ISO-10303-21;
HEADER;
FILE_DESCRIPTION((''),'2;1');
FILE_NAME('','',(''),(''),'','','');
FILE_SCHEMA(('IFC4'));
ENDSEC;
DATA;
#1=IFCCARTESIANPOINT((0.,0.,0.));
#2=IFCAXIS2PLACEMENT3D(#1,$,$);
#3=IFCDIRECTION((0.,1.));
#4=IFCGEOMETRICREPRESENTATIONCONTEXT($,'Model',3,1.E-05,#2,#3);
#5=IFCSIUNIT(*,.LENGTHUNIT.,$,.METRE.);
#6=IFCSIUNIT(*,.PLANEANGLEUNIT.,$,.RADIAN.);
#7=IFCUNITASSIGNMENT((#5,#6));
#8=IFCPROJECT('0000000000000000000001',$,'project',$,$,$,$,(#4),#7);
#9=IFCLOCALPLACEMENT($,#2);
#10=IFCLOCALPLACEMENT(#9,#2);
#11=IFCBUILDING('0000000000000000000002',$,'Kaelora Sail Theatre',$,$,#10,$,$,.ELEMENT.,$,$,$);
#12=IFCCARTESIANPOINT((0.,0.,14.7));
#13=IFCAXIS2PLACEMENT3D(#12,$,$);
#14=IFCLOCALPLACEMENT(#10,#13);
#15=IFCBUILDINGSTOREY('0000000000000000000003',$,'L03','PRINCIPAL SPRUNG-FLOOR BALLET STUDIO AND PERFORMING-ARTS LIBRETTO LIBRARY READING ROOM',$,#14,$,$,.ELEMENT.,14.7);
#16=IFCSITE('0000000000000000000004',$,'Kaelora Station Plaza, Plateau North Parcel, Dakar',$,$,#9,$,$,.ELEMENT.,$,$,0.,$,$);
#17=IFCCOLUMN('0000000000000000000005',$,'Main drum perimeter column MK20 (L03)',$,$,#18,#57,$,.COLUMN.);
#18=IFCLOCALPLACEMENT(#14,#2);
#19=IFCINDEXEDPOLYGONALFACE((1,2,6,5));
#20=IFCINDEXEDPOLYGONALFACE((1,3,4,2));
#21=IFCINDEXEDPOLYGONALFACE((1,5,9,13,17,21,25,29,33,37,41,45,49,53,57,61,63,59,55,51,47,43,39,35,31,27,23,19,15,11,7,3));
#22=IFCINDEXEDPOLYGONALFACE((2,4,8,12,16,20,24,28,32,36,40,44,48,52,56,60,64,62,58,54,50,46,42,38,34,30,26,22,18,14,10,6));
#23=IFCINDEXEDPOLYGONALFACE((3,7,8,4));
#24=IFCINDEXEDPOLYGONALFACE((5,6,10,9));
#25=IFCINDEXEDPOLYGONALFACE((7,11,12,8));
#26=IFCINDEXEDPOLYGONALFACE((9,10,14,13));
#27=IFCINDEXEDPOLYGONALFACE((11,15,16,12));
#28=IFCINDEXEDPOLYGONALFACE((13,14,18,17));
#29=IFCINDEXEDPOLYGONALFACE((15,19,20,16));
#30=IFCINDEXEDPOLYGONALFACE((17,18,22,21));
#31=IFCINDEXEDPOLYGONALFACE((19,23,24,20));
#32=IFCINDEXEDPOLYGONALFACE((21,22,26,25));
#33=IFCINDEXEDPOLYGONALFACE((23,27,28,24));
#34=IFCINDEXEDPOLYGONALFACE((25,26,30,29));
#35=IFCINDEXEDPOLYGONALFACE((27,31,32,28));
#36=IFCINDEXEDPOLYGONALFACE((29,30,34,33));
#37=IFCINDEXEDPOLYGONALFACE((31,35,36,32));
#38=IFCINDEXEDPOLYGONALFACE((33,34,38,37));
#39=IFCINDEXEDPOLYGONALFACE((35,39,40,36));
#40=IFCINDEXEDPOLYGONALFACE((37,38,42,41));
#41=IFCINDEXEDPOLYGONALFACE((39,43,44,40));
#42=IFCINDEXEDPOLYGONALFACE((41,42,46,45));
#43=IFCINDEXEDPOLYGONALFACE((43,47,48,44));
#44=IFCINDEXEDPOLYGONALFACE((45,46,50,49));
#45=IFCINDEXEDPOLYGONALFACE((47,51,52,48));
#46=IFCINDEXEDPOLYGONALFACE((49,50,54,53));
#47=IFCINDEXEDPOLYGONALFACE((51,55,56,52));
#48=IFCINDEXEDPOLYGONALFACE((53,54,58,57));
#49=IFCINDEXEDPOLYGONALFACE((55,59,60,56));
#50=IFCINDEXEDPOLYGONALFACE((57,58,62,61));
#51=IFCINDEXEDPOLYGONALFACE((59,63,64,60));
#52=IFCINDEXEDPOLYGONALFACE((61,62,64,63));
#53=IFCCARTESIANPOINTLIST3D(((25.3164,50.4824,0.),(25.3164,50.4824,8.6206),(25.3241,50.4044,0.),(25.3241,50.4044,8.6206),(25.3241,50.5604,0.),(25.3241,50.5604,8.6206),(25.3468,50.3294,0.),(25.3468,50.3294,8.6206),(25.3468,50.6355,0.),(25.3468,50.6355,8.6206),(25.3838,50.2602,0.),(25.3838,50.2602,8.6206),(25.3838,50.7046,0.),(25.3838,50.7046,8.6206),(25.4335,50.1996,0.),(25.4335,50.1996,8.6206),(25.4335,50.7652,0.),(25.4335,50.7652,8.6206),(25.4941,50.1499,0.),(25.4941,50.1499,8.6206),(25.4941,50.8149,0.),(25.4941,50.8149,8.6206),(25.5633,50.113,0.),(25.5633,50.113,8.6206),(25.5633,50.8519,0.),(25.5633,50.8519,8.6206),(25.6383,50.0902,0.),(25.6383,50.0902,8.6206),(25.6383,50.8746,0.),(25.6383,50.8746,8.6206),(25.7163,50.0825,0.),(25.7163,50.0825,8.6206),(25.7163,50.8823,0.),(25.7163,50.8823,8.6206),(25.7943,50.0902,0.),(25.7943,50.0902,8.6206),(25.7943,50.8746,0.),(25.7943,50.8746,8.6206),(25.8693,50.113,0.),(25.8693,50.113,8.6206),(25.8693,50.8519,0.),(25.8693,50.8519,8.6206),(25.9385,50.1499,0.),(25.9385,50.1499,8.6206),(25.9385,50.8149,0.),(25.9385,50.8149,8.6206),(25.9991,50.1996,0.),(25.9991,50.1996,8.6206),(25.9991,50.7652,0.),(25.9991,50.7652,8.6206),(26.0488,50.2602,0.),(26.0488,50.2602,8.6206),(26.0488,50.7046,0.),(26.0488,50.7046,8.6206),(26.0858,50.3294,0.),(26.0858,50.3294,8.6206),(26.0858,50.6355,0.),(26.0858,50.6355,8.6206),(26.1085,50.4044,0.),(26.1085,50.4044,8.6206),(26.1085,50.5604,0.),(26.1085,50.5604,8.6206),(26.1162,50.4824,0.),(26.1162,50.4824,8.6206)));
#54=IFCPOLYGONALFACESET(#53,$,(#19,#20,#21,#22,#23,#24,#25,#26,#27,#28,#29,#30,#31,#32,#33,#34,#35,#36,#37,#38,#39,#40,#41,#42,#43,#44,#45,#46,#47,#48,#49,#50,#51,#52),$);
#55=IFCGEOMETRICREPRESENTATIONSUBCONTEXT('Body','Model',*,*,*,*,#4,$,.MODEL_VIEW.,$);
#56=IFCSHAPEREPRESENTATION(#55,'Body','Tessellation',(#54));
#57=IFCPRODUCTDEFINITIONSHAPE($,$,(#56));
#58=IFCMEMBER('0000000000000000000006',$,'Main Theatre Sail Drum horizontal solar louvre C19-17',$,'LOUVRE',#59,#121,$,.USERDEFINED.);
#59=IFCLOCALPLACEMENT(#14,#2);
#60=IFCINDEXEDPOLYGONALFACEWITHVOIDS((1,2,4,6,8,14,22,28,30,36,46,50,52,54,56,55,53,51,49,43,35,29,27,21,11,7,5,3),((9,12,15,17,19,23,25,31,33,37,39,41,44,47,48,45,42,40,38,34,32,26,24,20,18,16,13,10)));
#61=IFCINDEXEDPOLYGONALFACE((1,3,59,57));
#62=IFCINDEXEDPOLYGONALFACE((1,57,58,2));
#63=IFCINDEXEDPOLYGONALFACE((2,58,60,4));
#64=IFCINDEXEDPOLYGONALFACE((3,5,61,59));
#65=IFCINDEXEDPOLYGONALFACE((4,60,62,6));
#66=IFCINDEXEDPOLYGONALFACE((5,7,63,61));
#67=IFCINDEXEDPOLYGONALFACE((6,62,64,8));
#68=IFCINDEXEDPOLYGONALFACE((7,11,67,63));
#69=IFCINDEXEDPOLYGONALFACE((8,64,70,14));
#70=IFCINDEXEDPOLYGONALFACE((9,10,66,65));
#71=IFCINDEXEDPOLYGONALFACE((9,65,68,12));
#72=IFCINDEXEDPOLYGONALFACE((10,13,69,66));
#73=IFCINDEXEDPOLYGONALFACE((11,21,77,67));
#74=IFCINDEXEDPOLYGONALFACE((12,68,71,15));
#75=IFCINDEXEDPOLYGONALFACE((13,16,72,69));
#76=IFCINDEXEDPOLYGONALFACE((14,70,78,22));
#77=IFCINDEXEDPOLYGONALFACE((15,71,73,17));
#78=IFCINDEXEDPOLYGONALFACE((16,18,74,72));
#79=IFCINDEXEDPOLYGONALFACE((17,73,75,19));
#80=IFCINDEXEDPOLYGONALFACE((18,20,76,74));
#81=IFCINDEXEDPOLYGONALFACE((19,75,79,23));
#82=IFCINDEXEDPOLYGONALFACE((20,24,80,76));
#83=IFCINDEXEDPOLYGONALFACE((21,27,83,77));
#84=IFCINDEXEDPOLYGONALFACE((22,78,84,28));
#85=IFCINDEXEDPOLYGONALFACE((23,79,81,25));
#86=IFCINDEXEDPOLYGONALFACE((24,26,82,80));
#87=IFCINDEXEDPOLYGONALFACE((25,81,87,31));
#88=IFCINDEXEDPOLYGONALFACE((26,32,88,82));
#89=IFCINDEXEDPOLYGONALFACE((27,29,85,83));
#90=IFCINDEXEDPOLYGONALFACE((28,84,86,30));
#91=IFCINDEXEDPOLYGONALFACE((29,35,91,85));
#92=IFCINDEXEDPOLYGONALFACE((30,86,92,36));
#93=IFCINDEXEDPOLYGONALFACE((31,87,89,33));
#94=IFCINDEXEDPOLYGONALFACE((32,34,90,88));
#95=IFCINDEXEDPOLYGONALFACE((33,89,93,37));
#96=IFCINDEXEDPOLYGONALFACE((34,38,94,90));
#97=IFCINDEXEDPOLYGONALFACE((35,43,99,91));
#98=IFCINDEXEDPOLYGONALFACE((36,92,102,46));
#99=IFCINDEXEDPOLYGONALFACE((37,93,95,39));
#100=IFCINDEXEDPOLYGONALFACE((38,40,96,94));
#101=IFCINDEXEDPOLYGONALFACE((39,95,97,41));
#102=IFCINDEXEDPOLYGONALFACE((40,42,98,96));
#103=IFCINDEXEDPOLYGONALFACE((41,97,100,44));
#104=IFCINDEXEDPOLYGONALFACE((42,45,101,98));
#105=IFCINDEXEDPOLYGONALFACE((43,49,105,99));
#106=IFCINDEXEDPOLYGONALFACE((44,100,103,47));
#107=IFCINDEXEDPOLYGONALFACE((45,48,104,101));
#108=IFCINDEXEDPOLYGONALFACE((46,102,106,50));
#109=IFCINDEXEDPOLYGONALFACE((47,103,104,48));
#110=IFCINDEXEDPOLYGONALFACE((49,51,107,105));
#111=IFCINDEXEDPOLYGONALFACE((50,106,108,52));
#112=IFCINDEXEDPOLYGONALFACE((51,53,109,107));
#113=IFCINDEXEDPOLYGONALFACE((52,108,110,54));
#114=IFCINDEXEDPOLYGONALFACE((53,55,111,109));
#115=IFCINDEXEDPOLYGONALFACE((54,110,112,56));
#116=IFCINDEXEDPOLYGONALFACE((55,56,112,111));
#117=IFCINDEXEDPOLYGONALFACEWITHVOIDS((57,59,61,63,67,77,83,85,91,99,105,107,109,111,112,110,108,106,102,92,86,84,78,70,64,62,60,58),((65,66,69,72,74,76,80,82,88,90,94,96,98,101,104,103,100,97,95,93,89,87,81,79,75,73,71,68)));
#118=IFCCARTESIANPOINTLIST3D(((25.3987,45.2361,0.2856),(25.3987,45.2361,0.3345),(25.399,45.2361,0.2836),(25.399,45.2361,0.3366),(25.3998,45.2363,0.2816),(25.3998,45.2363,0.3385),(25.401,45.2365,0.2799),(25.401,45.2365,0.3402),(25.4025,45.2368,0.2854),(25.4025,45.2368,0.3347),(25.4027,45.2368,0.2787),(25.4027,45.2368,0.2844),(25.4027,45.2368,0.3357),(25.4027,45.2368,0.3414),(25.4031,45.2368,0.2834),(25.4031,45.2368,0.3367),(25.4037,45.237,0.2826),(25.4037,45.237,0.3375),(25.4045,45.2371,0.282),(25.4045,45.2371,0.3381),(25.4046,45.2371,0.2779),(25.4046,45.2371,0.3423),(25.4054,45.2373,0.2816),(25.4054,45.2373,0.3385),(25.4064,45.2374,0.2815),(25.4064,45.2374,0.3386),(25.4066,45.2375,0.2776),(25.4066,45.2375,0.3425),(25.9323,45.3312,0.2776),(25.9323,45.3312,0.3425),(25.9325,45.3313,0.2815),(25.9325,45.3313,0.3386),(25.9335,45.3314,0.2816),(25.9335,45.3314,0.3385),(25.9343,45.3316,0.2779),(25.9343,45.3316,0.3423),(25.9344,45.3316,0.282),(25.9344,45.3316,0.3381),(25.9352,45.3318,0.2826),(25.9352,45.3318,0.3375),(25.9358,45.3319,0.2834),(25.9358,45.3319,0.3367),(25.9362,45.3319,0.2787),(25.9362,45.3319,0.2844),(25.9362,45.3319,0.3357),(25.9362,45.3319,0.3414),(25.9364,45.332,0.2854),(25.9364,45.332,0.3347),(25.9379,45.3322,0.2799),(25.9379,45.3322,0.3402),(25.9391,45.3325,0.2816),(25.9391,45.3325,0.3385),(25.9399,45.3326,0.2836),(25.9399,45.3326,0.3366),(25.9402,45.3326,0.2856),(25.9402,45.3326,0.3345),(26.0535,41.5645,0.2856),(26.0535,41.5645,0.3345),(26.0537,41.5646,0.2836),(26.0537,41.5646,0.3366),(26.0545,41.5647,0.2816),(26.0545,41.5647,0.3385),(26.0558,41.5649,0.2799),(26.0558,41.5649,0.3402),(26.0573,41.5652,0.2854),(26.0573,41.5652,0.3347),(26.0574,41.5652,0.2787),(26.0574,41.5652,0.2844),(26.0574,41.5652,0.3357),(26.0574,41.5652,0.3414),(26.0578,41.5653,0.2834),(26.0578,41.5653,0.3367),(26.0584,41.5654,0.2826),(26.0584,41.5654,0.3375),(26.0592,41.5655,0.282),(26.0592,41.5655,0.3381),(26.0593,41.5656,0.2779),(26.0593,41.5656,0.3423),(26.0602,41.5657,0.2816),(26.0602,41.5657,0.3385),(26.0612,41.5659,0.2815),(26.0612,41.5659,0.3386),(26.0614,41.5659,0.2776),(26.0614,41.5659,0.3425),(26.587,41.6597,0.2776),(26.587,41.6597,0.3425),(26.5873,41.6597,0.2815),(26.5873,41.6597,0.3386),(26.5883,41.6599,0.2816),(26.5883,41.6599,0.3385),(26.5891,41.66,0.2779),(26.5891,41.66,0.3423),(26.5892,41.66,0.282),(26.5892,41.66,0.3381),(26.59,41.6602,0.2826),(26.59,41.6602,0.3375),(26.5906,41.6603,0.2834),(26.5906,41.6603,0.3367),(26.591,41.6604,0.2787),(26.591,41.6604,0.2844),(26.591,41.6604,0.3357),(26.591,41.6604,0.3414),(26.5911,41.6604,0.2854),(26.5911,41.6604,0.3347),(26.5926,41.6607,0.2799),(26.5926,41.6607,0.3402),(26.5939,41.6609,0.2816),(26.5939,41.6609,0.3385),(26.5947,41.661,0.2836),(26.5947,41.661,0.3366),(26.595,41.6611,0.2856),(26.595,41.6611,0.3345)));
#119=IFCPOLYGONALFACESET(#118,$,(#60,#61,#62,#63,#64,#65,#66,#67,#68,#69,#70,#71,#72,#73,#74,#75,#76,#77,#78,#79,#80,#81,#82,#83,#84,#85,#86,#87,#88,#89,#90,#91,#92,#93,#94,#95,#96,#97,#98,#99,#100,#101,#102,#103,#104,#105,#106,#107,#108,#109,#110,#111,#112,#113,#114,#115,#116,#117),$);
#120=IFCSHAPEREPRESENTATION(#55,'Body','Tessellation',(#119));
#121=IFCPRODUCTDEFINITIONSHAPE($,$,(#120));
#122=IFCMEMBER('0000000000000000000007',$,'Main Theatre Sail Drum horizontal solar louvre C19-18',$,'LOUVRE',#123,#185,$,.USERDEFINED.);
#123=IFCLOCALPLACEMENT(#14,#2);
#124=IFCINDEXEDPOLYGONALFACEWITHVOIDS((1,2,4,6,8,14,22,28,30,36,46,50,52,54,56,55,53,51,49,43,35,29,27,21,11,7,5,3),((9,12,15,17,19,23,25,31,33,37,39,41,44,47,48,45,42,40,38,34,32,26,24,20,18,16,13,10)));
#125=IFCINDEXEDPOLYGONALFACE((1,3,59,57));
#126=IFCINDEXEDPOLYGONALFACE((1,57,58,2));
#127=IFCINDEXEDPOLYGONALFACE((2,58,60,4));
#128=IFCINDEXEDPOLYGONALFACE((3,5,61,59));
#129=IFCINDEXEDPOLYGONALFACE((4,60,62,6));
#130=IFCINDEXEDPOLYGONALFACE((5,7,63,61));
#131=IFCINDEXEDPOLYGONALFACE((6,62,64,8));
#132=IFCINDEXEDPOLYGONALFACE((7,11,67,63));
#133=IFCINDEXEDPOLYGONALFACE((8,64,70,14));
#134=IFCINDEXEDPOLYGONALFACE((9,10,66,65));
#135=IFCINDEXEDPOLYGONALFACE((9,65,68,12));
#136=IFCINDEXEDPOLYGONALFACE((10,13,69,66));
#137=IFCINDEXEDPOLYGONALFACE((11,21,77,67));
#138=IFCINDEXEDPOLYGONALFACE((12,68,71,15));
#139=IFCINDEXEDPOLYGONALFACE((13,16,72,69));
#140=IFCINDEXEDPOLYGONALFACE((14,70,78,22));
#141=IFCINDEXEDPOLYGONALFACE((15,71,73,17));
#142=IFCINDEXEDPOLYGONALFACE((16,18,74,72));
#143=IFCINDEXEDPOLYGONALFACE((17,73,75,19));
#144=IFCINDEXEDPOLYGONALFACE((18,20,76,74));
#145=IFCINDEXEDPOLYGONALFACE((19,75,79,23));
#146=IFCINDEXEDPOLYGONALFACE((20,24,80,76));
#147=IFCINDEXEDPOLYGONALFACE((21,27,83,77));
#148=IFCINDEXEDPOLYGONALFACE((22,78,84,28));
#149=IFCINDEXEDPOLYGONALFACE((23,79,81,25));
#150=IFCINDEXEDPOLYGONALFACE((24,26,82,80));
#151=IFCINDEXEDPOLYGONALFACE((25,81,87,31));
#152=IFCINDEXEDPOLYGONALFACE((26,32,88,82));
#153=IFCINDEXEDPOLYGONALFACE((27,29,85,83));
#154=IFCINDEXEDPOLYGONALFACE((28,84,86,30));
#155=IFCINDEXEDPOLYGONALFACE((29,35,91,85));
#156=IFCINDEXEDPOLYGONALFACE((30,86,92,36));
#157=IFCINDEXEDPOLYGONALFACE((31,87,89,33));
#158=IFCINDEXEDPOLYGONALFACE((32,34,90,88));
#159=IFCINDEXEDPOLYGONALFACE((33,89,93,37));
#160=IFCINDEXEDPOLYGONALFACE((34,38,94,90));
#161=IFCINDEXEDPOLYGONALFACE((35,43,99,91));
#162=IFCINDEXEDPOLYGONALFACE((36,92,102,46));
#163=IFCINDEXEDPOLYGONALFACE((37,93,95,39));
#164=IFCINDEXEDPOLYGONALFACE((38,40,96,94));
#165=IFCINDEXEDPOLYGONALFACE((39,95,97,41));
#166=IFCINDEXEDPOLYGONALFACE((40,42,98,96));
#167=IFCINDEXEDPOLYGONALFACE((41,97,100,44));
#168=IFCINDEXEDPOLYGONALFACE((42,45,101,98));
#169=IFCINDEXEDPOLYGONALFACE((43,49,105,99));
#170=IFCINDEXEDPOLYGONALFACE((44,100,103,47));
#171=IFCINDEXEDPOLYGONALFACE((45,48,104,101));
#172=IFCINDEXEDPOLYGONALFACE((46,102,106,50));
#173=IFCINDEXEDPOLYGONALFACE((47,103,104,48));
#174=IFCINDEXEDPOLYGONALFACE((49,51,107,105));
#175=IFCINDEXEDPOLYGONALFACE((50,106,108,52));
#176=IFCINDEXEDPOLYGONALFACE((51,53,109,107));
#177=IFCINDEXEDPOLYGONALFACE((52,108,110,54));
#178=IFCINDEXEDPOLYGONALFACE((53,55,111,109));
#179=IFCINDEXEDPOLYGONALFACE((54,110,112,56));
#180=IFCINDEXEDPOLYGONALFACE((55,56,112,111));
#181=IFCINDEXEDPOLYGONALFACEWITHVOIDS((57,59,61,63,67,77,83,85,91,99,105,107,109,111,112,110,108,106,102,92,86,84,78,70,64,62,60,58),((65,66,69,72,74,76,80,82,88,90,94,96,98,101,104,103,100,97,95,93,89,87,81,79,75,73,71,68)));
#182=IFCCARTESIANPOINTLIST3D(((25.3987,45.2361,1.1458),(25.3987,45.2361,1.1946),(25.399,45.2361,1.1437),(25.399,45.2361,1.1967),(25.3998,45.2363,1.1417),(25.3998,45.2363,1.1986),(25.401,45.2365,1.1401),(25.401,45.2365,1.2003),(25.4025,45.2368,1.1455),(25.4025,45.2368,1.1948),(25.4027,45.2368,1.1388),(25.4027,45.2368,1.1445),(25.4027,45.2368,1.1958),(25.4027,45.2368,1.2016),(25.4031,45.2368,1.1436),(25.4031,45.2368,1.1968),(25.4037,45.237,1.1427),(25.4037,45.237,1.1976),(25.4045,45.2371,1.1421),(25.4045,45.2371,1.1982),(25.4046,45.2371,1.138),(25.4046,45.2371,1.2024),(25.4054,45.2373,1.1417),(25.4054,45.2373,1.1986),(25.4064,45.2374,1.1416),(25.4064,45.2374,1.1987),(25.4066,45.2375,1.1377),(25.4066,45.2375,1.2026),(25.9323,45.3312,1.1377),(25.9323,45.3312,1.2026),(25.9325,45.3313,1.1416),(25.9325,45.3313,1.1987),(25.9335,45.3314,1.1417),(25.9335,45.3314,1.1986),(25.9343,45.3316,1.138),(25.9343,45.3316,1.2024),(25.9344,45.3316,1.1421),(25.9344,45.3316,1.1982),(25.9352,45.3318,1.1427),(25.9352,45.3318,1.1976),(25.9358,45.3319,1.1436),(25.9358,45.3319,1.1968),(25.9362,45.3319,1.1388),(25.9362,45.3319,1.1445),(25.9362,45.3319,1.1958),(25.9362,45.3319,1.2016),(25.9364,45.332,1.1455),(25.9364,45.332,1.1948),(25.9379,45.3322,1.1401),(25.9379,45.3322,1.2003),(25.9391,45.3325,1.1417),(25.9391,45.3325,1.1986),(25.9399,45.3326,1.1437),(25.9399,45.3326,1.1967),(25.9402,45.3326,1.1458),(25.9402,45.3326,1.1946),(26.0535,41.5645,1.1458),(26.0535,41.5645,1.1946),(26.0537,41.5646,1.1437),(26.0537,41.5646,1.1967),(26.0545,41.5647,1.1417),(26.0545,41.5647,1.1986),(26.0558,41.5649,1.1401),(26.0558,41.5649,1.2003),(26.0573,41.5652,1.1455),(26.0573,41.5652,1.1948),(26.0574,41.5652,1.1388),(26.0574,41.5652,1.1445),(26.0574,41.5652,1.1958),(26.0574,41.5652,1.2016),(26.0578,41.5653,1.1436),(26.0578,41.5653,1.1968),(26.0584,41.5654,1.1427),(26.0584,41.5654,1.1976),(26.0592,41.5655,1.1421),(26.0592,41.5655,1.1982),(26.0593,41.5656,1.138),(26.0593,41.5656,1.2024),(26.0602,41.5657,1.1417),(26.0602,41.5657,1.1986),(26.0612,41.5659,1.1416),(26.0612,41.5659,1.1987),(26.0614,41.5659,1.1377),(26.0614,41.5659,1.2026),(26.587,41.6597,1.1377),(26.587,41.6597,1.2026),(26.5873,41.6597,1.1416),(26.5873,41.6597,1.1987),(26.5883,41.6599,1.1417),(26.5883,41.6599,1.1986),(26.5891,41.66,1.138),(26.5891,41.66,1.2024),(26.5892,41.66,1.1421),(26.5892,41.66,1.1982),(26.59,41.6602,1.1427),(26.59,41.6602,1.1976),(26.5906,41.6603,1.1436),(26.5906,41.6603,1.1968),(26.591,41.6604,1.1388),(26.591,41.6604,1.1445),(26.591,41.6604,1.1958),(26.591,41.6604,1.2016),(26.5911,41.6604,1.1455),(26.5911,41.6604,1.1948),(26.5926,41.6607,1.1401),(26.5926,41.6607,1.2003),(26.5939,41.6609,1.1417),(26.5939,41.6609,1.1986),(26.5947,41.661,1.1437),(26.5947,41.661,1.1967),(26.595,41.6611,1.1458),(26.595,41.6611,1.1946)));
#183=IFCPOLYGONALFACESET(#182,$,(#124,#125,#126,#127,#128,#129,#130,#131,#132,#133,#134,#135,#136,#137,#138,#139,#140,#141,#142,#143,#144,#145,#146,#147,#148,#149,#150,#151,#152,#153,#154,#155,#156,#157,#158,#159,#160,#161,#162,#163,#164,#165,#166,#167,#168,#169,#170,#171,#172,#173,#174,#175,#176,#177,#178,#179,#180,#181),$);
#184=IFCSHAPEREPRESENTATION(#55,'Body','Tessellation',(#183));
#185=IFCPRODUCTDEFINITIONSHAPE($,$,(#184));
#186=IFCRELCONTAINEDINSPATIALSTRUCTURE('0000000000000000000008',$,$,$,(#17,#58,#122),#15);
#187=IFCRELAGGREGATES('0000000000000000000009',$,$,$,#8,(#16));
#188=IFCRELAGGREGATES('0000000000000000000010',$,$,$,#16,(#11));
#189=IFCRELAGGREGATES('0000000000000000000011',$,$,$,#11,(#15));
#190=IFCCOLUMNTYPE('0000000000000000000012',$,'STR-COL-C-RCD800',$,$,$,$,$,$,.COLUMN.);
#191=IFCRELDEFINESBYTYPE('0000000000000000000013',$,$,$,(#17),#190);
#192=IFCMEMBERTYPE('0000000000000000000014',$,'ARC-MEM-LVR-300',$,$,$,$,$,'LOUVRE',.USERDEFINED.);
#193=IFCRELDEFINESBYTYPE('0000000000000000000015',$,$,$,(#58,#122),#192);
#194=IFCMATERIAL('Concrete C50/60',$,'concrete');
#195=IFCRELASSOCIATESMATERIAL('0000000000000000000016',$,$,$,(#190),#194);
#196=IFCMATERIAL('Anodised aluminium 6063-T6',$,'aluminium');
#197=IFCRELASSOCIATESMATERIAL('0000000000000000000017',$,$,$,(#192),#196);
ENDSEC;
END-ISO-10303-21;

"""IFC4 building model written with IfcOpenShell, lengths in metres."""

from ifc_helpers import new_model, si_unit, direction, frame, origin, origin_2d, place, context, subcontext, project, spatial, hollow_rectangle, circle, extrude, material, material_profile, profile_set, type_object, element, save


model = new_model("IFC4")

# Units and contexts
model_context = context("Model", 3, precision=1e-05, world=origin(), true_north=direction((0.0, 1.0)))
body_context = subcontext(model_context, "Body", "Model", "MODEL_VIEW")
ifc_project = project(units=[si_unit("LENGTHUNIT", "METRE"), si_unit("PLANEANGLEUNIT", "RADIAN")], contexts=[model_context])

# Site, building, storey
site_placement = place(None, origin())
site = spatial("IfcSite", under=ifc_project, at=site_placement, Name="Kaelora Station Plaza, Plateau North Parcel, Dakar", CompositionType="ELEMENT", RefElevation=0.0)
building_placement = place(site_placement, origin())
building = spatial("IfcBuilding", under=site, at=building_placement, Name="Kaelora Sail Theatre", CompositionType="ELEMENT")
storey_placement = place(building_placement, frame((0.0, 0.0, 14.7)))
storey = spatial("IfcBuildingStorey", under=building, at=storey_placement, Name="L03", Description="PRINCIPAL SPRUNG-FLOOR BALLET STUDIO AND PERFORMING-ARTS LIBRETTO LIBRARY READING ROOM", CompositionType="ELEMENT", Elevation=14.7)

# Column
ifc_material_1 = material(Name="Concrete C50/60", Category="concrete")
ifc_material_profile_1 = material_profile(ifc_material_1, circle(Radius=0.3999, at=origin_2d()), Name="RC-CCOL D800")
ifc_profile_set_1 = profile_set([ifc_material_profile_1], Name="Concrete C50/60")
column_type = type_object("IfcColumnType", Name="STR-COL-C-RCD800", PredefinedType="COLUMN", material=ifc_profile_set_1)
column_placement = place(storey_placement, frame((25.7163, 50.4824, 0.0), z_axis=(0.0, 0.0, 1.0), x_axis=(1.0, 0.0, 0.0)))
element("IfcColumn", 1, at=column_placement, inside=storey, type_object=column_type, Name="Main drum perimeter column MK20 (L03)", PredefinedType="COLUMN", context=body_context, shape_type="SweptSolid", body=[
    extrude(circle(Radius=0.3999, at=origin_2d()), origin(), (0.0, 0.0, 1.0), 8.6206),
])

# Members
ifc_material_2 = material(Name="Anodised aluminium 6063-T6", Category="aluminium")
ifc_material_profile_2 = material_profile(ifc_material_2, hollow_rectangle(XDim=0.55, YDim=0.0649, WallThickness=0.0039, InnerFilletRadius=0.0039, OuterFilletRadius=0.0081, at=origin_2d()), Name="LOUVRE 550x65x4")
ifc_profile_set_2 = profile_set([ifc_material_profile_2], Name="Anodised aluminium 6063-T6")
member_type = type_object("IfcMemberType", Name="ARC-MEM-LVR-300", ElementType="LOUVRE", PredefinedType="USERDEFINED", material=ifc_profile_set_2)
for number, where, z_axis, x_axis, name in (
    (2, (26.3242, 41.6128, 0.3101), (-0.175566, 0.984468, 0.0), (-0.984468, -0.175566, 0.0), "Main Theatre Sail Drum horizontal solar louvre C19-17"),
    (3, (26.3242, 41.6128, 1.1702), (-0.175566, 0.984468, 0.0), (-0.984468, -0.175566, 0.0), "Main Theatre Sail Drum horizontal solar louvre C19-18"),
):
    element("IfcMember", number, at=place(storey_placement, frame(where, z_axis=z_axis, x_axis=x_axis)), inside=storey, type_object=member_type, Name=name, ObjectType="LOUVRE", PredefinedType="USERDEFINED", context=body_context, shape_type="SweptSolid", body=[
        extrude(hollow_rectangle(XDim=0.55, YDim=0.0649, WallThickness=0.0039, InnerFilletRadius=0.0039, OuterFilletRadius=0.0081, at=origin_2d()), origin(), (0.0, 0.0, 1.0), 3.7295),
    ])

save(model, "model.ifc")
